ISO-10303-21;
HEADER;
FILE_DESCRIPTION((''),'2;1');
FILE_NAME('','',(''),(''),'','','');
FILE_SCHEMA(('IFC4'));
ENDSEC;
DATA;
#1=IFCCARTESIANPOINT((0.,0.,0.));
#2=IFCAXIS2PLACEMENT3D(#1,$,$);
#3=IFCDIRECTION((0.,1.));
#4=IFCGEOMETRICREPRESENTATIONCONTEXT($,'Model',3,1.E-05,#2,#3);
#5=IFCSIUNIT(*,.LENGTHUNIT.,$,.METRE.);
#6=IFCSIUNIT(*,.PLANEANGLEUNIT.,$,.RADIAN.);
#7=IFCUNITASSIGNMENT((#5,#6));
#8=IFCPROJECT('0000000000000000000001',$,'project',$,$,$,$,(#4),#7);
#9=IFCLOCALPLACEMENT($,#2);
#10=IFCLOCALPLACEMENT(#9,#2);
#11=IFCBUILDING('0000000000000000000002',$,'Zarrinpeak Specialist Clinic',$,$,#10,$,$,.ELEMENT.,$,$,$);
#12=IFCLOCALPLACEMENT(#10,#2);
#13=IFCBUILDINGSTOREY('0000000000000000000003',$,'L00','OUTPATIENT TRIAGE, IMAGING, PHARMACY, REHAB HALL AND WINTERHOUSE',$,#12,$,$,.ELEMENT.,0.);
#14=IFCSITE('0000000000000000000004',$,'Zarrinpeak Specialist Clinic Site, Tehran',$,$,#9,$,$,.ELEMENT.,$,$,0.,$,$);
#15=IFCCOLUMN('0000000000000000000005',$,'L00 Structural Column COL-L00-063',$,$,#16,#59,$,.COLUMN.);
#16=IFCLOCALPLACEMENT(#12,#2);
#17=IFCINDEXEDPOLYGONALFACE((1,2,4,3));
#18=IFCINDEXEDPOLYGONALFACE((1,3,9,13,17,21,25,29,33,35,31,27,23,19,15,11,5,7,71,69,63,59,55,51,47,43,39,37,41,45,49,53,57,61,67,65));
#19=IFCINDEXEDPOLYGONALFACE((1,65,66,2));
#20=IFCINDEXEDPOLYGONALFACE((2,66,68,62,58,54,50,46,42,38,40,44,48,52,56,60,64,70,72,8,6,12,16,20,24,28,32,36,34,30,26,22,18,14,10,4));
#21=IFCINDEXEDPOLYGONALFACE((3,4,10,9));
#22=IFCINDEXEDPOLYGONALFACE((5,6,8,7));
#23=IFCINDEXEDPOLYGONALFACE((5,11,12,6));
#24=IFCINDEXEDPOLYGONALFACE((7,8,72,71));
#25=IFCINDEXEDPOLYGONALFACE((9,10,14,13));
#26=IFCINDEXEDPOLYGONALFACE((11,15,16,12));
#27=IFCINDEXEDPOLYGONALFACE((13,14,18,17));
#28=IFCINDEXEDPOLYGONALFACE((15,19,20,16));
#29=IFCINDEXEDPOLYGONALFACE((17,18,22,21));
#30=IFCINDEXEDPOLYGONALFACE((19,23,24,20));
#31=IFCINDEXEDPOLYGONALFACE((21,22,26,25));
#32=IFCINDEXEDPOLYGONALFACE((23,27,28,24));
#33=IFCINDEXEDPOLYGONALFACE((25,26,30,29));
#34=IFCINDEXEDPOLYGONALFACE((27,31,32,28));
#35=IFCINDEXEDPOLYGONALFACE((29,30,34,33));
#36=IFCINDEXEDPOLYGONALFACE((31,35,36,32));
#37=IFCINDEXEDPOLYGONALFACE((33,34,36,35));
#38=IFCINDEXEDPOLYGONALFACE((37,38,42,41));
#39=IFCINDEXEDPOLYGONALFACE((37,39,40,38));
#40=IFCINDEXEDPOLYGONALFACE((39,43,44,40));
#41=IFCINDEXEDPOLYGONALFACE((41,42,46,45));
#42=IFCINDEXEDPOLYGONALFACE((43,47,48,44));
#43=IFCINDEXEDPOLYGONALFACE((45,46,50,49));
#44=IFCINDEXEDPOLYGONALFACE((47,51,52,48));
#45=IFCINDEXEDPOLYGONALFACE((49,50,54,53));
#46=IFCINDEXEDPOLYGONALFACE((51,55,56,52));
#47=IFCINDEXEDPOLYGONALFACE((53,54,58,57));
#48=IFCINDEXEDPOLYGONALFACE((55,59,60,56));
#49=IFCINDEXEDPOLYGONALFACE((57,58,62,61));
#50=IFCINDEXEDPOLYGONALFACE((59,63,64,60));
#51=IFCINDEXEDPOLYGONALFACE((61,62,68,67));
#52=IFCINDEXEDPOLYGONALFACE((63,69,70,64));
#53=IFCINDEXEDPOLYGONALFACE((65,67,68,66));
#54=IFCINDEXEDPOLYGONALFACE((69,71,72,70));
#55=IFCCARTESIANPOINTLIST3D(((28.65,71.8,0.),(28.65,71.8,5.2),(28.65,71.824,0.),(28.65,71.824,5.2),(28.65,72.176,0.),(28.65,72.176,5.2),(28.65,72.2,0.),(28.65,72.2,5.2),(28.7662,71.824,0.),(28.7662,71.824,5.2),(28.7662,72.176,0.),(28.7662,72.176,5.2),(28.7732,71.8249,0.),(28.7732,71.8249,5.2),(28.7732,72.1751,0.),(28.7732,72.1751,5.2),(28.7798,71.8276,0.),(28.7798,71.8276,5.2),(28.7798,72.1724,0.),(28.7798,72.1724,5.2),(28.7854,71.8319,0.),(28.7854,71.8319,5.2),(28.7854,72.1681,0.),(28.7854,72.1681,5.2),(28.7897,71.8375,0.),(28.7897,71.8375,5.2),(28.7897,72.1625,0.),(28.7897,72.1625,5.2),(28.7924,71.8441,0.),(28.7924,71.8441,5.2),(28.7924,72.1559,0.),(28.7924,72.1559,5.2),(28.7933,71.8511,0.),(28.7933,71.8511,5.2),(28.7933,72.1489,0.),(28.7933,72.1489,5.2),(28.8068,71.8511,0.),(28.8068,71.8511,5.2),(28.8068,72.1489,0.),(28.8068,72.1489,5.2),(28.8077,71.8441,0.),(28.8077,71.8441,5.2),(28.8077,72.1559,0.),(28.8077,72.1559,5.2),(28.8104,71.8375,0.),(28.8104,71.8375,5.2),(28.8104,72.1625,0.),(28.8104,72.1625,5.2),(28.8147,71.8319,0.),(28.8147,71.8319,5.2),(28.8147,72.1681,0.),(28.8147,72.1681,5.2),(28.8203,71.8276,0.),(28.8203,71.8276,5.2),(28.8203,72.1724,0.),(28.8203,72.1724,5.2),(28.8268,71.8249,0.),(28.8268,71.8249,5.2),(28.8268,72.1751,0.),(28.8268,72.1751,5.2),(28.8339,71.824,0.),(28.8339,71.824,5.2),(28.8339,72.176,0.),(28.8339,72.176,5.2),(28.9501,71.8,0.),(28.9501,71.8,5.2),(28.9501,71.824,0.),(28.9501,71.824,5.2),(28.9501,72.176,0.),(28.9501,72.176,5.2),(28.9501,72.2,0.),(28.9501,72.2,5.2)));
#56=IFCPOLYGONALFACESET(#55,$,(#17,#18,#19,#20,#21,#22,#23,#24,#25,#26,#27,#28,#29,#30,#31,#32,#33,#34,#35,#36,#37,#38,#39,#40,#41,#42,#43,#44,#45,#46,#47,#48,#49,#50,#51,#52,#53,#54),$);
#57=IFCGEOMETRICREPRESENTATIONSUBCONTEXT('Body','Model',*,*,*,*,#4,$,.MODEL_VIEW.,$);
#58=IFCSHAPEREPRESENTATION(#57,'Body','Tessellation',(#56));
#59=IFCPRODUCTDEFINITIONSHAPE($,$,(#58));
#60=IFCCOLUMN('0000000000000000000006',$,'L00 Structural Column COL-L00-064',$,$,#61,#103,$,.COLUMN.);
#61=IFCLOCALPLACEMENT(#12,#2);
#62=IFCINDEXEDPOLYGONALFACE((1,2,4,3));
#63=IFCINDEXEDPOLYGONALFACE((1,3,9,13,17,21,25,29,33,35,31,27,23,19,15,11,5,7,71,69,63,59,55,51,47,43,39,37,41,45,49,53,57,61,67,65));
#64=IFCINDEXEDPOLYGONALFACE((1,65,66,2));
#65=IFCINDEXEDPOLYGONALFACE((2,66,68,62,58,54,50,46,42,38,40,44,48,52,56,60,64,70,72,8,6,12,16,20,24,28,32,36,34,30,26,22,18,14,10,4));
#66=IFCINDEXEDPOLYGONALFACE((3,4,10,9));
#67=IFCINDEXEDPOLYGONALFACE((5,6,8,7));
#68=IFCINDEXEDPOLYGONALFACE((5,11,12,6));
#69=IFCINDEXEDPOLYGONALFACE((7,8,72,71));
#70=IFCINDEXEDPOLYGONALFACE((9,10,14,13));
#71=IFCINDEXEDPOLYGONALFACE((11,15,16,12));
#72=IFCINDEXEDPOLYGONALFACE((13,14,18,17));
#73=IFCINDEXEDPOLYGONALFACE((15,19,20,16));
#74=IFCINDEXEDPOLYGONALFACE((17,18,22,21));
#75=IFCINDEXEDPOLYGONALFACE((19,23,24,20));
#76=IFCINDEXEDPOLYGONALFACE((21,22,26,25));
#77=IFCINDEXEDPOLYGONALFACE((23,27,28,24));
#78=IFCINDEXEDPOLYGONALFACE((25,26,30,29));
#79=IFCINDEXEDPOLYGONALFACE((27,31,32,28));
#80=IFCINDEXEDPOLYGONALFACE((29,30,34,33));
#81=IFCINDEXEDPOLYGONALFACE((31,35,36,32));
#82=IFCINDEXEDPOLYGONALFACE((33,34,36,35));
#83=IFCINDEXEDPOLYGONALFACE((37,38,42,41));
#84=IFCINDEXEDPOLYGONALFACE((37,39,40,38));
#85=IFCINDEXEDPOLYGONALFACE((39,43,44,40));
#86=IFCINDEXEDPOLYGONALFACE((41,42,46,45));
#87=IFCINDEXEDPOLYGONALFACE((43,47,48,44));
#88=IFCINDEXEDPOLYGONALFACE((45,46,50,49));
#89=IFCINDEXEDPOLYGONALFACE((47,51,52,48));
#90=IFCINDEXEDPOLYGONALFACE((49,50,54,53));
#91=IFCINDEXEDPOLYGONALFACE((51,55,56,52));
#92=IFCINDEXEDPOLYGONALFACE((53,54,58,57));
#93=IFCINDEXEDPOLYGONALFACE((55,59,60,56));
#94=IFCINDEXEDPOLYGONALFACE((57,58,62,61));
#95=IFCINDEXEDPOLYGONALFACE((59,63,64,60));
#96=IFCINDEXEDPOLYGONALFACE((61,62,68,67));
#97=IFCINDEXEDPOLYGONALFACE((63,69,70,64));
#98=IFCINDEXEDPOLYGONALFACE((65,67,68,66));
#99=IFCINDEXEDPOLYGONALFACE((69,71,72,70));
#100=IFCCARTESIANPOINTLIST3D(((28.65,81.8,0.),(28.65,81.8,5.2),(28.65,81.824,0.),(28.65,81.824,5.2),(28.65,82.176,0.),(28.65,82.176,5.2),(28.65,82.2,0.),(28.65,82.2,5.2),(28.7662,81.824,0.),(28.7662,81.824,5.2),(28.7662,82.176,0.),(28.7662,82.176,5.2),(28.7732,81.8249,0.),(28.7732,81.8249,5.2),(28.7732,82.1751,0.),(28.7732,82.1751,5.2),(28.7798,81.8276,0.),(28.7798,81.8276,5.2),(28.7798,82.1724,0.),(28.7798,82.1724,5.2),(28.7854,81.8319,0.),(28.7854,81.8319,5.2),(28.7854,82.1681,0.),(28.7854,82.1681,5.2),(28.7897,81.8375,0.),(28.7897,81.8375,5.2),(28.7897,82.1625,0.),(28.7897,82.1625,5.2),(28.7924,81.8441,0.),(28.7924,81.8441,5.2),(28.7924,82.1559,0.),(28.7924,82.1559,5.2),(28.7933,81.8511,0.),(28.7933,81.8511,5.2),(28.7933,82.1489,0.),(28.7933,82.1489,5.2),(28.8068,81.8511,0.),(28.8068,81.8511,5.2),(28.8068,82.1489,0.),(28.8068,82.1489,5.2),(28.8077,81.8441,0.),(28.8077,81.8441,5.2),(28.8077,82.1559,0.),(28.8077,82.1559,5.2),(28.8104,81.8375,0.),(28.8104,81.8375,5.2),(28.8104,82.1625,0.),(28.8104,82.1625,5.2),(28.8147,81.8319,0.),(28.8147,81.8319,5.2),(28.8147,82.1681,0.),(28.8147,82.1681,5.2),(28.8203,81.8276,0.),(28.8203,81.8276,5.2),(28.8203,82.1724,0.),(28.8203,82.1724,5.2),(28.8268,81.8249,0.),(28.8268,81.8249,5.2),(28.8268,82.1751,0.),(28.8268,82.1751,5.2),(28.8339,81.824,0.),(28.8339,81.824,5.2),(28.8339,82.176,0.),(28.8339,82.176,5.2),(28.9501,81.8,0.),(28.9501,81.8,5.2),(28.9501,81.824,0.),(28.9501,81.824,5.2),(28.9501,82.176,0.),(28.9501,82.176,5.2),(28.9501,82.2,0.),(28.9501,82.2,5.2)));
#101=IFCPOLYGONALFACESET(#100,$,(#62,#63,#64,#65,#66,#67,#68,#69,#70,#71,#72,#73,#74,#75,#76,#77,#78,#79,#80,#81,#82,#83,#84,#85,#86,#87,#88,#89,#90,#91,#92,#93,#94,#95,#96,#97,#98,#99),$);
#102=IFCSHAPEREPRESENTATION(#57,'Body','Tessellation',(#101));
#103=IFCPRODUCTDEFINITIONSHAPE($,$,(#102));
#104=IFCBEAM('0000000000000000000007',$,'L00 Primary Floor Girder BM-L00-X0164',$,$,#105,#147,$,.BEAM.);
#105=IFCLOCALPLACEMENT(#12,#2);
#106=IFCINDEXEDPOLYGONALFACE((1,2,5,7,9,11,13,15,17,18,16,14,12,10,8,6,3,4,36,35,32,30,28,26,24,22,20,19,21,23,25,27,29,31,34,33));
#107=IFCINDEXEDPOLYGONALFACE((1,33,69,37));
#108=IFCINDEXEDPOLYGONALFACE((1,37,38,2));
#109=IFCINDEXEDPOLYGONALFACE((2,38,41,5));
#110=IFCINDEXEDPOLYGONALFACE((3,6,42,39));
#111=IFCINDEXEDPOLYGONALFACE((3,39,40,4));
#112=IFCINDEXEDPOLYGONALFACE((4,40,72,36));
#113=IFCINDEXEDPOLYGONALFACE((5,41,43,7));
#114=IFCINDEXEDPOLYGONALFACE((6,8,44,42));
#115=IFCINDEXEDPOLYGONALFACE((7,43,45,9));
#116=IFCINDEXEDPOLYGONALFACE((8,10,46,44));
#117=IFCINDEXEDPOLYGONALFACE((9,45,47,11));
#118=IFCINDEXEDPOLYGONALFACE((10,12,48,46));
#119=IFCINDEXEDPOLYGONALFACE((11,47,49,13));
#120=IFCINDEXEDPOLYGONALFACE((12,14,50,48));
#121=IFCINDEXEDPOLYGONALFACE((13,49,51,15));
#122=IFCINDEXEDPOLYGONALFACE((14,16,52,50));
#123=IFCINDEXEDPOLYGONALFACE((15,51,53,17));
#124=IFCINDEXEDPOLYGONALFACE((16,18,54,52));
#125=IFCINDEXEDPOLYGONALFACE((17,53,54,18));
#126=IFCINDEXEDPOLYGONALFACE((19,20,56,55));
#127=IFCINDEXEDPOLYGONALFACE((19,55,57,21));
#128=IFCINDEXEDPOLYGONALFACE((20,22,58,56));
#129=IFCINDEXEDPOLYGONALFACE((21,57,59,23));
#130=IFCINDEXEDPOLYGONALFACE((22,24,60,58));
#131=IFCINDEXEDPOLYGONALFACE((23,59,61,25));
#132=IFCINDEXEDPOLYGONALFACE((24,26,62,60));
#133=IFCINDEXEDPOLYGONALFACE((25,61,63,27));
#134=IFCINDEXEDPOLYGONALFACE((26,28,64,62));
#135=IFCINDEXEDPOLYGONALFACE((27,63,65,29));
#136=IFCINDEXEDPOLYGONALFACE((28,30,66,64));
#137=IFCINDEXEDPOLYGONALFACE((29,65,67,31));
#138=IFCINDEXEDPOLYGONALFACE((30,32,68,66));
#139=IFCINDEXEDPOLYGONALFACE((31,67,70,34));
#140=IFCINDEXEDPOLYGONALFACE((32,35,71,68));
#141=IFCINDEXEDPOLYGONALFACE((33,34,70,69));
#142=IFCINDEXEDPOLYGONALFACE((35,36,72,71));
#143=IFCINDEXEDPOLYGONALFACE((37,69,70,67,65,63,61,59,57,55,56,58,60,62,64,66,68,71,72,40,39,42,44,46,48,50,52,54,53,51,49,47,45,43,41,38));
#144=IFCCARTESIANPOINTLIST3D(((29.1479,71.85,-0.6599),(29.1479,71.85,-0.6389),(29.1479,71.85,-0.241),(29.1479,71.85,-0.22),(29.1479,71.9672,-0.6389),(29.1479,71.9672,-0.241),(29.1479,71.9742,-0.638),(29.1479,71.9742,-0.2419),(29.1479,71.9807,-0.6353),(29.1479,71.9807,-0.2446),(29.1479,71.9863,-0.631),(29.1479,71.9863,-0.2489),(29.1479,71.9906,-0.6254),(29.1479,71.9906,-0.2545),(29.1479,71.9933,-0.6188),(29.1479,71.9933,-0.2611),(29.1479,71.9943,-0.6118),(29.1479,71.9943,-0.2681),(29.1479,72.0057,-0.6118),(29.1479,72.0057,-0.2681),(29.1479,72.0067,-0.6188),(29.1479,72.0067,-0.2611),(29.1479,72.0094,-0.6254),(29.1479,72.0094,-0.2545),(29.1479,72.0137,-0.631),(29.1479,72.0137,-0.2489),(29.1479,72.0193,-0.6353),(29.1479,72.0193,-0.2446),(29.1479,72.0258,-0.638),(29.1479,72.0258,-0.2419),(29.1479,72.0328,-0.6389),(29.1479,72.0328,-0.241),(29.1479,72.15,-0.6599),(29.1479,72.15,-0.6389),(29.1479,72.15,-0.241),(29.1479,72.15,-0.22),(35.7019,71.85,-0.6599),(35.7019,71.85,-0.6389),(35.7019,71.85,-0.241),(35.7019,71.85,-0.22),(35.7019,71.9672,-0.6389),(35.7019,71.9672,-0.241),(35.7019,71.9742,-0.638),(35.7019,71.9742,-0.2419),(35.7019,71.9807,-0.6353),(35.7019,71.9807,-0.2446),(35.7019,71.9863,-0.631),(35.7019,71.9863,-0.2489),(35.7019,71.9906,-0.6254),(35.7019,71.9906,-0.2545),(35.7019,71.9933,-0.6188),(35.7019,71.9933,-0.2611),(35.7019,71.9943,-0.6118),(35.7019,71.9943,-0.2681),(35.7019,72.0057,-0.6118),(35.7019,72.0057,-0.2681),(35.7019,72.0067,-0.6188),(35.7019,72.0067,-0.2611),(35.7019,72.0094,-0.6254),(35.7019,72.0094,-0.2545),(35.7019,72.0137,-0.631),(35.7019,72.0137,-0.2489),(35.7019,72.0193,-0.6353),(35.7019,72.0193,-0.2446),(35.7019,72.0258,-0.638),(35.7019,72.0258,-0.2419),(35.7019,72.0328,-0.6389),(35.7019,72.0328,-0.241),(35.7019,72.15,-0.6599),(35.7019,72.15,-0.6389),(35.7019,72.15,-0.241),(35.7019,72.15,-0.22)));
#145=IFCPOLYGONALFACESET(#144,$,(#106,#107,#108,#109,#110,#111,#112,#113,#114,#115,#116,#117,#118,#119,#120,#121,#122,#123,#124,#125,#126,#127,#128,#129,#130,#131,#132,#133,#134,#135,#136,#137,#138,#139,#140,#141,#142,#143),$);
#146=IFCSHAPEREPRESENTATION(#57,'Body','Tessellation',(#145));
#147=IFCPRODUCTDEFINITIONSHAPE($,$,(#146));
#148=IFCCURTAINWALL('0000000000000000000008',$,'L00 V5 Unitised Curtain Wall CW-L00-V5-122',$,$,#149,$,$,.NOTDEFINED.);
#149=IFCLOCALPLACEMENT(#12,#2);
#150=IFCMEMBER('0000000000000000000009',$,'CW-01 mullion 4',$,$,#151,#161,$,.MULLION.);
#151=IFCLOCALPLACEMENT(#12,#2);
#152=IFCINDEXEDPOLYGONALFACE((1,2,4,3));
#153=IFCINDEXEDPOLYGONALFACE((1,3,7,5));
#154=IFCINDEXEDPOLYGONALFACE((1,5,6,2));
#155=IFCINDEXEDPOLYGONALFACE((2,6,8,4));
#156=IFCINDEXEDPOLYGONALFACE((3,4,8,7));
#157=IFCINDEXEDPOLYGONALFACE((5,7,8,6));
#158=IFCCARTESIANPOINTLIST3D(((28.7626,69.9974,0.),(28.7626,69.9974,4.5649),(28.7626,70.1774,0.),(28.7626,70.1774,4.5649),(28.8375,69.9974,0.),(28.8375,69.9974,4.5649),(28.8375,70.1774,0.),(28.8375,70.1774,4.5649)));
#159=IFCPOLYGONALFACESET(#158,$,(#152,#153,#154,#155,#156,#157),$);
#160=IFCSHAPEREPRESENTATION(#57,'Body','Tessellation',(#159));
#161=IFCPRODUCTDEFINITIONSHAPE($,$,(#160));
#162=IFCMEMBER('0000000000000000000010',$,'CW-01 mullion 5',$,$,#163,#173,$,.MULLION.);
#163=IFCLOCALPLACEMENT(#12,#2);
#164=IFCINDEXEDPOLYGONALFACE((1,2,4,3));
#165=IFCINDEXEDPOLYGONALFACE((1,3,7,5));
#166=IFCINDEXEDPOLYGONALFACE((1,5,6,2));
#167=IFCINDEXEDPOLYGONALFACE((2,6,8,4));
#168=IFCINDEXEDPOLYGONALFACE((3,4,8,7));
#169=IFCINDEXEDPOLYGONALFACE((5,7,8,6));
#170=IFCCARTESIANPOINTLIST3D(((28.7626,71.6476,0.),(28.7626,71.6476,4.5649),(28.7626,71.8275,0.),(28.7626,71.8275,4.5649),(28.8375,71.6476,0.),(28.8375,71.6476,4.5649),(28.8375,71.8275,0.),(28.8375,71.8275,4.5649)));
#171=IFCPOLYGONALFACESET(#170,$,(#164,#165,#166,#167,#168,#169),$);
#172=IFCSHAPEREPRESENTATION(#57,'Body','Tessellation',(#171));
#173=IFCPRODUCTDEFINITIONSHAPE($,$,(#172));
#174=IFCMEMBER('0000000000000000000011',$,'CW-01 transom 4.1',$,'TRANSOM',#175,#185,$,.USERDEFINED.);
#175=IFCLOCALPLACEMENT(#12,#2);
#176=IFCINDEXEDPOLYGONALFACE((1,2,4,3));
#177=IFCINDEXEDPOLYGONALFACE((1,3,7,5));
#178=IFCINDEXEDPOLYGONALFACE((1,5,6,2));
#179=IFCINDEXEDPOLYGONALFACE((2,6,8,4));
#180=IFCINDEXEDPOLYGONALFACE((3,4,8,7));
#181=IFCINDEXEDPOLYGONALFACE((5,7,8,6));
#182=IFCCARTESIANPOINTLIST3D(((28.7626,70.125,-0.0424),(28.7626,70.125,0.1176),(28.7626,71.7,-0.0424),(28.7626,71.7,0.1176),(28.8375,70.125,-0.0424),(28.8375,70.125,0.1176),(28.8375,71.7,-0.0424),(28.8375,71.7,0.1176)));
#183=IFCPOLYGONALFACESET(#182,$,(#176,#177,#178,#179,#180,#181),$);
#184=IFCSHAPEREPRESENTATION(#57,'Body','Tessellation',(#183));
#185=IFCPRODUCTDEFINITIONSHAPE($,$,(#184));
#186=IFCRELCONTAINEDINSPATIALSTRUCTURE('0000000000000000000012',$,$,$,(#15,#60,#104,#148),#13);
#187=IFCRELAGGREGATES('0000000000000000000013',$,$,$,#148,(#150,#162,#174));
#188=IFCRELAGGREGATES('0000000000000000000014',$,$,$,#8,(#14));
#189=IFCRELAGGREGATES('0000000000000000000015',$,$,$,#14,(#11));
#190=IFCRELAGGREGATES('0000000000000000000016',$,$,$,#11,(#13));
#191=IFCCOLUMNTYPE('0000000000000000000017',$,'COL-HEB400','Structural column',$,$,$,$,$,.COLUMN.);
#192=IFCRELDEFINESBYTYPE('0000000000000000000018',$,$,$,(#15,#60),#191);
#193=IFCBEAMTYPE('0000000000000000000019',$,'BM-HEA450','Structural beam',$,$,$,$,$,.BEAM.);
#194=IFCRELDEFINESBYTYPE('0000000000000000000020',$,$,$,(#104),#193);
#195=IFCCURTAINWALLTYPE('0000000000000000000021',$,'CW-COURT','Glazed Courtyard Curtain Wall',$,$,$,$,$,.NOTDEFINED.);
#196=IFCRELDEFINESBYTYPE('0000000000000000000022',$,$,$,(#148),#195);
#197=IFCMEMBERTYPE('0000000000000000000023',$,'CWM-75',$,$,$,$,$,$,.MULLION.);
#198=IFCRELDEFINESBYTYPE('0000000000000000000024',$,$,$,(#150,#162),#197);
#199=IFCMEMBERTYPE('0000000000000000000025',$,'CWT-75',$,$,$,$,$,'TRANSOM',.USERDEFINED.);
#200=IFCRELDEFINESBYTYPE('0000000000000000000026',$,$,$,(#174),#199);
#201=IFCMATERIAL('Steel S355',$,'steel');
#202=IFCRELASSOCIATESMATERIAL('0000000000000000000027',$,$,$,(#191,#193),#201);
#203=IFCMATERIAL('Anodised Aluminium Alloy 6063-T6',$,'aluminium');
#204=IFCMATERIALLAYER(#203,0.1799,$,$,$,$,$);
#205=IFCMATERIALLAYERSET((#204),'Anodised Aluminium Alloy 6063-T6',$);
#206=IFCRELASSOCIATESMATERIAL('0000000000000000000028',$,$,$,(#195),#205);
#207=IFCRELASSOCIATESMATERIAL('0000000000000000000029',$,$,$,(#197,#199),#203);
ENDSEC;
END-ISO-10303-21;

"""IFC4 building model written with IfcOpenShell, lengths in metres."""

from ifc_helpers import new_model, si_unit, direction, frame, origin, origin_2d, place, context, subcontext, project, spatial, rectangle, i_section, extrude, material, layer, layer_set, material_profile, profile_set, type_object, element, aggregate, save


model = new_model("IFC4")

# Units and contexts
model_context = context("Model", 3, precision=1e-05, world=origin(), true_north=direction((0.0, 1.0)))
body_context = subcontext(model_context, "Body", "Model", "MODEL_VIEW")
ifc_project = project(units=[si_unit("LENGTHUNIT", "METRE"), si_unit("PLANEANGLEUNIT", "RADIAN")], contexts=[model_context])

# Site, building, storey
site_placement = place(None, origin())
site = spatial("IfcSite", under=ifc_project, at=site_placement, Name="Zarrinpeak Specialist Clinic Site, Tehran", CompositionType="ELEMENT", RefElevation=0.0)
building_placement = place(site_placement, origin())
building = spatial("IfcBuilding", under=site, at=building_placement, Name="Zarrinpeak Specialist Clinic", CompositionType="ELEMENT")
storey_placement = place(building_placement, origin())
storey = spatial("IfcBuildingStorey", under=building, at=storey_placement, Name="L00", Description="OUTPATIENT TRIAGE, IMAGING, PHARMACY, REHAB HALL AND WINTERHOUSE", CompositionType="ELEMENT", Elevation=0.0)

# Columns
ifc_material_1 = material(Name="Steel S355", Category="steel")
ifc_material_profile_1 = material_profile(ifc_material_1, i_section(OverallWidth=0.3, OverallDepth=0.3999, WebThickness=0.0134, FlangeThickness=0.0239, FilletRadius=0.0271, at=origin_2d()), Name="HEB 400")
ifc_profile_set_1 = profile_set([ifc_material_profile_1], Name="Steel S355")
column_type = type_object("IfcColumnType", Name="COL-HEB400", Description="Structural column", PredefinedType="COLUMN", material=ifc_profile_set_1)
for number, where, z_axis, x_axis, name in (
    (1, (28.8, 72.0, 0.0), (0.0, 0.0, 1.0), (1.0, 0.0, 0.0), "L00 Structural Column COL-L00-063"),
    (2, (28.8, 82.0, 0.0), (0.0, 0.0, 1.0), (1.0, 0.0, 0.0), "L00 Structural Column COL-L00-064"),
):
    element("IfcColumn", number, at=place(storey_placement, frame(where, z_axis=z_axis, x_axis=x_axis)), inside=storey, type_object=column_type, Name=name, PredefinedType="COLUMN", context=body_context, shape_type="SweptSolid", body=[
        extrude(i_section(OverallWidth=0.3, OverallDepth=0.3999, WebThickness=0.0134, FlangeThickness=0.0239, FilletRadius=0.0271, at=origin_2d()), origin(), (0.0, 0.0, 1.0), 5.2),
    ])

# Beam
ifc_material_profile_2 = material_profile(ifc_material_1, i_section(OverallWidth=0.3, OverallDepth=0.4399, WebThickness=0.0115, FlangeThickness=0.021, FilletRadius=0.0271, at=origin_2d()), Name="HEA 450")
ifc_profile_set_2 = profile_set([ifc_material_profile_2], Name="Steel S355")
beam_type = type_object("IfcBeamType", Name="BM-HEA450", Description="Structural beam", PredefinedType="BEAM", material=ifc_profile_set_2)
beam_placement = place(storey_placement, frame((29.1479, 72.0, -0.4399), z_axis=(1.0, 0.0, 0.0), x_axis=(0.0, 1.0, 0.0)))
element("IfcBeam", 3, at=beam_placement, inside=storey, type_object=beam_type, Name="L00 Primary Floor Girder BM-L00-X0164", PredefinedType="BEAM", context=body_context, shape_type="SweptSolid", body=[
    extrude(i_section(OverallWidth=0.3, OverallDepth=0.4399, WebThickness=0.0115, FlangeThickness=0.021, FilletRadius=0.0271, at=origin_2d()), origin(), (0.0, 0.0, 1.0), 6.554),
])

# Curtain wall, members
ifc_material_2 = material(Name="Anodised Aluminium Alloy 6063-T6", Category="aluminium")
ifc_layer_1 = layer(ifc_material_2, 0.1799)
ifc_layer_set_1 = layer_set([ifc_layer_1], Name="Anodised Aluminium Alloy 6063-T6")
curtain_wall_type = type_object("IfcCurtainWallType", Name="CW-COURT", Description="Glazed Courtyard Curtain Wall", PredefinedType="NOTDEFINED", material=ifc_layer_set_1)
curtain_wall_placement = place(storey_placement, origin())
curtain_wall = element("IfcCurtainWall", 4, at=curtain_wall_placement, inside=storey, type_object=curtain_wall_type, Name="L00 V5 Unitised Curtain Wall CW-L00-V5-122", PredefinedType="NOTDEFINED")
ifc_material_profile_3 = material_profile(ifc_material_2, rectangle(XDim=0.075, YDim=0.1799, at=origin_2d()), Name="ALU 75x180")
ifc_profile_set_3 = profile_set([ifc_material_profile_3], Name="Anodised Aluminium Alloy 6063-T6")
member_type_1 = type_object("IfcMemberType", Name="CWM-75", PredefinedType="MULLION", material=ifc_profile_set_3)
member_1_placement = place(storey_placement, frame((28.8, 70.0874, 0.0), z_axis=(0.0, 0.0, 1.0), x_axis=(-1.0, 0.0, 0.0)))
member_1 = element("IfcMember", 5, at=member_1_placement, type_object=member_type_1, Name="CW-01 mullion 4", PredefinedType="MULLION", context=body_context, shape_type="SweptSolid", body=[
    extrude(rectangle(XDim=0.075, YDim=0.1799, at=origin_2d()), origin(), (0.0, 0.0, 1.0), 4.5649),
])
member_2_placement = place(storey_placement, frame((28.8, 71.7375, 0.0), z_axis=(0.0, 0.0, 1.0), x_axis=(-1.0, 0.0, 0.0)))
member_2 = element("IfcMember", 6, at=member_2_placement, type_object=member_type_1, Name="CW-01 mullion 5", PredefinedType="MULLION", context=body_context, shape_type="SweptSolid", body=[
    extrude(rectangle(XDim=0.075, YDim=0.1799, at=origin_2d()), origin(), (0.0, 0.0, 1.0), 4.5649),
])
ifc_material_profile_4 = material_profile(ifc_material_2, rectangle(XDim=0.075, YDim=0.1599, at=origin_2d()), Name="ALU 75x160")
ifc_profile_set_4 = profile_set([ifc_material_profile_4], Name="Anodised Aluminium Alloy 6063-T6")
member_type_2 = type_object("IfcMemberType", Name="CWT-75", ElementType="TRANSOM", PredefinedType="USERDEFINED", material=ifc_profile_set_4)
member_3_placement = place(storey_placement, frame((28.8, 70.125, 0.0376), z_axis=(0.0, 1.0, 0.0), x_axis=(-1.0, 0.0, 0.0)))
member_3 = element("IfcMember", 7, at=member_3_placement, type_object=member_type_2, Name="CW-01 transom 4.1", ObjectType="TRANSOM", PredefinedType="USERDEFINED", context=body_context, shape_type="SweptSolid", body=[
    extrude(rectangle(XDim=0.075, YDim=0.1599, at=origin_2d()), origin(), (0.0, 0.0, 1.0), 1.575),
])
aggregate(curtain_wall, [member_1, member_2, member_3])

save(model, "model.ifc")
